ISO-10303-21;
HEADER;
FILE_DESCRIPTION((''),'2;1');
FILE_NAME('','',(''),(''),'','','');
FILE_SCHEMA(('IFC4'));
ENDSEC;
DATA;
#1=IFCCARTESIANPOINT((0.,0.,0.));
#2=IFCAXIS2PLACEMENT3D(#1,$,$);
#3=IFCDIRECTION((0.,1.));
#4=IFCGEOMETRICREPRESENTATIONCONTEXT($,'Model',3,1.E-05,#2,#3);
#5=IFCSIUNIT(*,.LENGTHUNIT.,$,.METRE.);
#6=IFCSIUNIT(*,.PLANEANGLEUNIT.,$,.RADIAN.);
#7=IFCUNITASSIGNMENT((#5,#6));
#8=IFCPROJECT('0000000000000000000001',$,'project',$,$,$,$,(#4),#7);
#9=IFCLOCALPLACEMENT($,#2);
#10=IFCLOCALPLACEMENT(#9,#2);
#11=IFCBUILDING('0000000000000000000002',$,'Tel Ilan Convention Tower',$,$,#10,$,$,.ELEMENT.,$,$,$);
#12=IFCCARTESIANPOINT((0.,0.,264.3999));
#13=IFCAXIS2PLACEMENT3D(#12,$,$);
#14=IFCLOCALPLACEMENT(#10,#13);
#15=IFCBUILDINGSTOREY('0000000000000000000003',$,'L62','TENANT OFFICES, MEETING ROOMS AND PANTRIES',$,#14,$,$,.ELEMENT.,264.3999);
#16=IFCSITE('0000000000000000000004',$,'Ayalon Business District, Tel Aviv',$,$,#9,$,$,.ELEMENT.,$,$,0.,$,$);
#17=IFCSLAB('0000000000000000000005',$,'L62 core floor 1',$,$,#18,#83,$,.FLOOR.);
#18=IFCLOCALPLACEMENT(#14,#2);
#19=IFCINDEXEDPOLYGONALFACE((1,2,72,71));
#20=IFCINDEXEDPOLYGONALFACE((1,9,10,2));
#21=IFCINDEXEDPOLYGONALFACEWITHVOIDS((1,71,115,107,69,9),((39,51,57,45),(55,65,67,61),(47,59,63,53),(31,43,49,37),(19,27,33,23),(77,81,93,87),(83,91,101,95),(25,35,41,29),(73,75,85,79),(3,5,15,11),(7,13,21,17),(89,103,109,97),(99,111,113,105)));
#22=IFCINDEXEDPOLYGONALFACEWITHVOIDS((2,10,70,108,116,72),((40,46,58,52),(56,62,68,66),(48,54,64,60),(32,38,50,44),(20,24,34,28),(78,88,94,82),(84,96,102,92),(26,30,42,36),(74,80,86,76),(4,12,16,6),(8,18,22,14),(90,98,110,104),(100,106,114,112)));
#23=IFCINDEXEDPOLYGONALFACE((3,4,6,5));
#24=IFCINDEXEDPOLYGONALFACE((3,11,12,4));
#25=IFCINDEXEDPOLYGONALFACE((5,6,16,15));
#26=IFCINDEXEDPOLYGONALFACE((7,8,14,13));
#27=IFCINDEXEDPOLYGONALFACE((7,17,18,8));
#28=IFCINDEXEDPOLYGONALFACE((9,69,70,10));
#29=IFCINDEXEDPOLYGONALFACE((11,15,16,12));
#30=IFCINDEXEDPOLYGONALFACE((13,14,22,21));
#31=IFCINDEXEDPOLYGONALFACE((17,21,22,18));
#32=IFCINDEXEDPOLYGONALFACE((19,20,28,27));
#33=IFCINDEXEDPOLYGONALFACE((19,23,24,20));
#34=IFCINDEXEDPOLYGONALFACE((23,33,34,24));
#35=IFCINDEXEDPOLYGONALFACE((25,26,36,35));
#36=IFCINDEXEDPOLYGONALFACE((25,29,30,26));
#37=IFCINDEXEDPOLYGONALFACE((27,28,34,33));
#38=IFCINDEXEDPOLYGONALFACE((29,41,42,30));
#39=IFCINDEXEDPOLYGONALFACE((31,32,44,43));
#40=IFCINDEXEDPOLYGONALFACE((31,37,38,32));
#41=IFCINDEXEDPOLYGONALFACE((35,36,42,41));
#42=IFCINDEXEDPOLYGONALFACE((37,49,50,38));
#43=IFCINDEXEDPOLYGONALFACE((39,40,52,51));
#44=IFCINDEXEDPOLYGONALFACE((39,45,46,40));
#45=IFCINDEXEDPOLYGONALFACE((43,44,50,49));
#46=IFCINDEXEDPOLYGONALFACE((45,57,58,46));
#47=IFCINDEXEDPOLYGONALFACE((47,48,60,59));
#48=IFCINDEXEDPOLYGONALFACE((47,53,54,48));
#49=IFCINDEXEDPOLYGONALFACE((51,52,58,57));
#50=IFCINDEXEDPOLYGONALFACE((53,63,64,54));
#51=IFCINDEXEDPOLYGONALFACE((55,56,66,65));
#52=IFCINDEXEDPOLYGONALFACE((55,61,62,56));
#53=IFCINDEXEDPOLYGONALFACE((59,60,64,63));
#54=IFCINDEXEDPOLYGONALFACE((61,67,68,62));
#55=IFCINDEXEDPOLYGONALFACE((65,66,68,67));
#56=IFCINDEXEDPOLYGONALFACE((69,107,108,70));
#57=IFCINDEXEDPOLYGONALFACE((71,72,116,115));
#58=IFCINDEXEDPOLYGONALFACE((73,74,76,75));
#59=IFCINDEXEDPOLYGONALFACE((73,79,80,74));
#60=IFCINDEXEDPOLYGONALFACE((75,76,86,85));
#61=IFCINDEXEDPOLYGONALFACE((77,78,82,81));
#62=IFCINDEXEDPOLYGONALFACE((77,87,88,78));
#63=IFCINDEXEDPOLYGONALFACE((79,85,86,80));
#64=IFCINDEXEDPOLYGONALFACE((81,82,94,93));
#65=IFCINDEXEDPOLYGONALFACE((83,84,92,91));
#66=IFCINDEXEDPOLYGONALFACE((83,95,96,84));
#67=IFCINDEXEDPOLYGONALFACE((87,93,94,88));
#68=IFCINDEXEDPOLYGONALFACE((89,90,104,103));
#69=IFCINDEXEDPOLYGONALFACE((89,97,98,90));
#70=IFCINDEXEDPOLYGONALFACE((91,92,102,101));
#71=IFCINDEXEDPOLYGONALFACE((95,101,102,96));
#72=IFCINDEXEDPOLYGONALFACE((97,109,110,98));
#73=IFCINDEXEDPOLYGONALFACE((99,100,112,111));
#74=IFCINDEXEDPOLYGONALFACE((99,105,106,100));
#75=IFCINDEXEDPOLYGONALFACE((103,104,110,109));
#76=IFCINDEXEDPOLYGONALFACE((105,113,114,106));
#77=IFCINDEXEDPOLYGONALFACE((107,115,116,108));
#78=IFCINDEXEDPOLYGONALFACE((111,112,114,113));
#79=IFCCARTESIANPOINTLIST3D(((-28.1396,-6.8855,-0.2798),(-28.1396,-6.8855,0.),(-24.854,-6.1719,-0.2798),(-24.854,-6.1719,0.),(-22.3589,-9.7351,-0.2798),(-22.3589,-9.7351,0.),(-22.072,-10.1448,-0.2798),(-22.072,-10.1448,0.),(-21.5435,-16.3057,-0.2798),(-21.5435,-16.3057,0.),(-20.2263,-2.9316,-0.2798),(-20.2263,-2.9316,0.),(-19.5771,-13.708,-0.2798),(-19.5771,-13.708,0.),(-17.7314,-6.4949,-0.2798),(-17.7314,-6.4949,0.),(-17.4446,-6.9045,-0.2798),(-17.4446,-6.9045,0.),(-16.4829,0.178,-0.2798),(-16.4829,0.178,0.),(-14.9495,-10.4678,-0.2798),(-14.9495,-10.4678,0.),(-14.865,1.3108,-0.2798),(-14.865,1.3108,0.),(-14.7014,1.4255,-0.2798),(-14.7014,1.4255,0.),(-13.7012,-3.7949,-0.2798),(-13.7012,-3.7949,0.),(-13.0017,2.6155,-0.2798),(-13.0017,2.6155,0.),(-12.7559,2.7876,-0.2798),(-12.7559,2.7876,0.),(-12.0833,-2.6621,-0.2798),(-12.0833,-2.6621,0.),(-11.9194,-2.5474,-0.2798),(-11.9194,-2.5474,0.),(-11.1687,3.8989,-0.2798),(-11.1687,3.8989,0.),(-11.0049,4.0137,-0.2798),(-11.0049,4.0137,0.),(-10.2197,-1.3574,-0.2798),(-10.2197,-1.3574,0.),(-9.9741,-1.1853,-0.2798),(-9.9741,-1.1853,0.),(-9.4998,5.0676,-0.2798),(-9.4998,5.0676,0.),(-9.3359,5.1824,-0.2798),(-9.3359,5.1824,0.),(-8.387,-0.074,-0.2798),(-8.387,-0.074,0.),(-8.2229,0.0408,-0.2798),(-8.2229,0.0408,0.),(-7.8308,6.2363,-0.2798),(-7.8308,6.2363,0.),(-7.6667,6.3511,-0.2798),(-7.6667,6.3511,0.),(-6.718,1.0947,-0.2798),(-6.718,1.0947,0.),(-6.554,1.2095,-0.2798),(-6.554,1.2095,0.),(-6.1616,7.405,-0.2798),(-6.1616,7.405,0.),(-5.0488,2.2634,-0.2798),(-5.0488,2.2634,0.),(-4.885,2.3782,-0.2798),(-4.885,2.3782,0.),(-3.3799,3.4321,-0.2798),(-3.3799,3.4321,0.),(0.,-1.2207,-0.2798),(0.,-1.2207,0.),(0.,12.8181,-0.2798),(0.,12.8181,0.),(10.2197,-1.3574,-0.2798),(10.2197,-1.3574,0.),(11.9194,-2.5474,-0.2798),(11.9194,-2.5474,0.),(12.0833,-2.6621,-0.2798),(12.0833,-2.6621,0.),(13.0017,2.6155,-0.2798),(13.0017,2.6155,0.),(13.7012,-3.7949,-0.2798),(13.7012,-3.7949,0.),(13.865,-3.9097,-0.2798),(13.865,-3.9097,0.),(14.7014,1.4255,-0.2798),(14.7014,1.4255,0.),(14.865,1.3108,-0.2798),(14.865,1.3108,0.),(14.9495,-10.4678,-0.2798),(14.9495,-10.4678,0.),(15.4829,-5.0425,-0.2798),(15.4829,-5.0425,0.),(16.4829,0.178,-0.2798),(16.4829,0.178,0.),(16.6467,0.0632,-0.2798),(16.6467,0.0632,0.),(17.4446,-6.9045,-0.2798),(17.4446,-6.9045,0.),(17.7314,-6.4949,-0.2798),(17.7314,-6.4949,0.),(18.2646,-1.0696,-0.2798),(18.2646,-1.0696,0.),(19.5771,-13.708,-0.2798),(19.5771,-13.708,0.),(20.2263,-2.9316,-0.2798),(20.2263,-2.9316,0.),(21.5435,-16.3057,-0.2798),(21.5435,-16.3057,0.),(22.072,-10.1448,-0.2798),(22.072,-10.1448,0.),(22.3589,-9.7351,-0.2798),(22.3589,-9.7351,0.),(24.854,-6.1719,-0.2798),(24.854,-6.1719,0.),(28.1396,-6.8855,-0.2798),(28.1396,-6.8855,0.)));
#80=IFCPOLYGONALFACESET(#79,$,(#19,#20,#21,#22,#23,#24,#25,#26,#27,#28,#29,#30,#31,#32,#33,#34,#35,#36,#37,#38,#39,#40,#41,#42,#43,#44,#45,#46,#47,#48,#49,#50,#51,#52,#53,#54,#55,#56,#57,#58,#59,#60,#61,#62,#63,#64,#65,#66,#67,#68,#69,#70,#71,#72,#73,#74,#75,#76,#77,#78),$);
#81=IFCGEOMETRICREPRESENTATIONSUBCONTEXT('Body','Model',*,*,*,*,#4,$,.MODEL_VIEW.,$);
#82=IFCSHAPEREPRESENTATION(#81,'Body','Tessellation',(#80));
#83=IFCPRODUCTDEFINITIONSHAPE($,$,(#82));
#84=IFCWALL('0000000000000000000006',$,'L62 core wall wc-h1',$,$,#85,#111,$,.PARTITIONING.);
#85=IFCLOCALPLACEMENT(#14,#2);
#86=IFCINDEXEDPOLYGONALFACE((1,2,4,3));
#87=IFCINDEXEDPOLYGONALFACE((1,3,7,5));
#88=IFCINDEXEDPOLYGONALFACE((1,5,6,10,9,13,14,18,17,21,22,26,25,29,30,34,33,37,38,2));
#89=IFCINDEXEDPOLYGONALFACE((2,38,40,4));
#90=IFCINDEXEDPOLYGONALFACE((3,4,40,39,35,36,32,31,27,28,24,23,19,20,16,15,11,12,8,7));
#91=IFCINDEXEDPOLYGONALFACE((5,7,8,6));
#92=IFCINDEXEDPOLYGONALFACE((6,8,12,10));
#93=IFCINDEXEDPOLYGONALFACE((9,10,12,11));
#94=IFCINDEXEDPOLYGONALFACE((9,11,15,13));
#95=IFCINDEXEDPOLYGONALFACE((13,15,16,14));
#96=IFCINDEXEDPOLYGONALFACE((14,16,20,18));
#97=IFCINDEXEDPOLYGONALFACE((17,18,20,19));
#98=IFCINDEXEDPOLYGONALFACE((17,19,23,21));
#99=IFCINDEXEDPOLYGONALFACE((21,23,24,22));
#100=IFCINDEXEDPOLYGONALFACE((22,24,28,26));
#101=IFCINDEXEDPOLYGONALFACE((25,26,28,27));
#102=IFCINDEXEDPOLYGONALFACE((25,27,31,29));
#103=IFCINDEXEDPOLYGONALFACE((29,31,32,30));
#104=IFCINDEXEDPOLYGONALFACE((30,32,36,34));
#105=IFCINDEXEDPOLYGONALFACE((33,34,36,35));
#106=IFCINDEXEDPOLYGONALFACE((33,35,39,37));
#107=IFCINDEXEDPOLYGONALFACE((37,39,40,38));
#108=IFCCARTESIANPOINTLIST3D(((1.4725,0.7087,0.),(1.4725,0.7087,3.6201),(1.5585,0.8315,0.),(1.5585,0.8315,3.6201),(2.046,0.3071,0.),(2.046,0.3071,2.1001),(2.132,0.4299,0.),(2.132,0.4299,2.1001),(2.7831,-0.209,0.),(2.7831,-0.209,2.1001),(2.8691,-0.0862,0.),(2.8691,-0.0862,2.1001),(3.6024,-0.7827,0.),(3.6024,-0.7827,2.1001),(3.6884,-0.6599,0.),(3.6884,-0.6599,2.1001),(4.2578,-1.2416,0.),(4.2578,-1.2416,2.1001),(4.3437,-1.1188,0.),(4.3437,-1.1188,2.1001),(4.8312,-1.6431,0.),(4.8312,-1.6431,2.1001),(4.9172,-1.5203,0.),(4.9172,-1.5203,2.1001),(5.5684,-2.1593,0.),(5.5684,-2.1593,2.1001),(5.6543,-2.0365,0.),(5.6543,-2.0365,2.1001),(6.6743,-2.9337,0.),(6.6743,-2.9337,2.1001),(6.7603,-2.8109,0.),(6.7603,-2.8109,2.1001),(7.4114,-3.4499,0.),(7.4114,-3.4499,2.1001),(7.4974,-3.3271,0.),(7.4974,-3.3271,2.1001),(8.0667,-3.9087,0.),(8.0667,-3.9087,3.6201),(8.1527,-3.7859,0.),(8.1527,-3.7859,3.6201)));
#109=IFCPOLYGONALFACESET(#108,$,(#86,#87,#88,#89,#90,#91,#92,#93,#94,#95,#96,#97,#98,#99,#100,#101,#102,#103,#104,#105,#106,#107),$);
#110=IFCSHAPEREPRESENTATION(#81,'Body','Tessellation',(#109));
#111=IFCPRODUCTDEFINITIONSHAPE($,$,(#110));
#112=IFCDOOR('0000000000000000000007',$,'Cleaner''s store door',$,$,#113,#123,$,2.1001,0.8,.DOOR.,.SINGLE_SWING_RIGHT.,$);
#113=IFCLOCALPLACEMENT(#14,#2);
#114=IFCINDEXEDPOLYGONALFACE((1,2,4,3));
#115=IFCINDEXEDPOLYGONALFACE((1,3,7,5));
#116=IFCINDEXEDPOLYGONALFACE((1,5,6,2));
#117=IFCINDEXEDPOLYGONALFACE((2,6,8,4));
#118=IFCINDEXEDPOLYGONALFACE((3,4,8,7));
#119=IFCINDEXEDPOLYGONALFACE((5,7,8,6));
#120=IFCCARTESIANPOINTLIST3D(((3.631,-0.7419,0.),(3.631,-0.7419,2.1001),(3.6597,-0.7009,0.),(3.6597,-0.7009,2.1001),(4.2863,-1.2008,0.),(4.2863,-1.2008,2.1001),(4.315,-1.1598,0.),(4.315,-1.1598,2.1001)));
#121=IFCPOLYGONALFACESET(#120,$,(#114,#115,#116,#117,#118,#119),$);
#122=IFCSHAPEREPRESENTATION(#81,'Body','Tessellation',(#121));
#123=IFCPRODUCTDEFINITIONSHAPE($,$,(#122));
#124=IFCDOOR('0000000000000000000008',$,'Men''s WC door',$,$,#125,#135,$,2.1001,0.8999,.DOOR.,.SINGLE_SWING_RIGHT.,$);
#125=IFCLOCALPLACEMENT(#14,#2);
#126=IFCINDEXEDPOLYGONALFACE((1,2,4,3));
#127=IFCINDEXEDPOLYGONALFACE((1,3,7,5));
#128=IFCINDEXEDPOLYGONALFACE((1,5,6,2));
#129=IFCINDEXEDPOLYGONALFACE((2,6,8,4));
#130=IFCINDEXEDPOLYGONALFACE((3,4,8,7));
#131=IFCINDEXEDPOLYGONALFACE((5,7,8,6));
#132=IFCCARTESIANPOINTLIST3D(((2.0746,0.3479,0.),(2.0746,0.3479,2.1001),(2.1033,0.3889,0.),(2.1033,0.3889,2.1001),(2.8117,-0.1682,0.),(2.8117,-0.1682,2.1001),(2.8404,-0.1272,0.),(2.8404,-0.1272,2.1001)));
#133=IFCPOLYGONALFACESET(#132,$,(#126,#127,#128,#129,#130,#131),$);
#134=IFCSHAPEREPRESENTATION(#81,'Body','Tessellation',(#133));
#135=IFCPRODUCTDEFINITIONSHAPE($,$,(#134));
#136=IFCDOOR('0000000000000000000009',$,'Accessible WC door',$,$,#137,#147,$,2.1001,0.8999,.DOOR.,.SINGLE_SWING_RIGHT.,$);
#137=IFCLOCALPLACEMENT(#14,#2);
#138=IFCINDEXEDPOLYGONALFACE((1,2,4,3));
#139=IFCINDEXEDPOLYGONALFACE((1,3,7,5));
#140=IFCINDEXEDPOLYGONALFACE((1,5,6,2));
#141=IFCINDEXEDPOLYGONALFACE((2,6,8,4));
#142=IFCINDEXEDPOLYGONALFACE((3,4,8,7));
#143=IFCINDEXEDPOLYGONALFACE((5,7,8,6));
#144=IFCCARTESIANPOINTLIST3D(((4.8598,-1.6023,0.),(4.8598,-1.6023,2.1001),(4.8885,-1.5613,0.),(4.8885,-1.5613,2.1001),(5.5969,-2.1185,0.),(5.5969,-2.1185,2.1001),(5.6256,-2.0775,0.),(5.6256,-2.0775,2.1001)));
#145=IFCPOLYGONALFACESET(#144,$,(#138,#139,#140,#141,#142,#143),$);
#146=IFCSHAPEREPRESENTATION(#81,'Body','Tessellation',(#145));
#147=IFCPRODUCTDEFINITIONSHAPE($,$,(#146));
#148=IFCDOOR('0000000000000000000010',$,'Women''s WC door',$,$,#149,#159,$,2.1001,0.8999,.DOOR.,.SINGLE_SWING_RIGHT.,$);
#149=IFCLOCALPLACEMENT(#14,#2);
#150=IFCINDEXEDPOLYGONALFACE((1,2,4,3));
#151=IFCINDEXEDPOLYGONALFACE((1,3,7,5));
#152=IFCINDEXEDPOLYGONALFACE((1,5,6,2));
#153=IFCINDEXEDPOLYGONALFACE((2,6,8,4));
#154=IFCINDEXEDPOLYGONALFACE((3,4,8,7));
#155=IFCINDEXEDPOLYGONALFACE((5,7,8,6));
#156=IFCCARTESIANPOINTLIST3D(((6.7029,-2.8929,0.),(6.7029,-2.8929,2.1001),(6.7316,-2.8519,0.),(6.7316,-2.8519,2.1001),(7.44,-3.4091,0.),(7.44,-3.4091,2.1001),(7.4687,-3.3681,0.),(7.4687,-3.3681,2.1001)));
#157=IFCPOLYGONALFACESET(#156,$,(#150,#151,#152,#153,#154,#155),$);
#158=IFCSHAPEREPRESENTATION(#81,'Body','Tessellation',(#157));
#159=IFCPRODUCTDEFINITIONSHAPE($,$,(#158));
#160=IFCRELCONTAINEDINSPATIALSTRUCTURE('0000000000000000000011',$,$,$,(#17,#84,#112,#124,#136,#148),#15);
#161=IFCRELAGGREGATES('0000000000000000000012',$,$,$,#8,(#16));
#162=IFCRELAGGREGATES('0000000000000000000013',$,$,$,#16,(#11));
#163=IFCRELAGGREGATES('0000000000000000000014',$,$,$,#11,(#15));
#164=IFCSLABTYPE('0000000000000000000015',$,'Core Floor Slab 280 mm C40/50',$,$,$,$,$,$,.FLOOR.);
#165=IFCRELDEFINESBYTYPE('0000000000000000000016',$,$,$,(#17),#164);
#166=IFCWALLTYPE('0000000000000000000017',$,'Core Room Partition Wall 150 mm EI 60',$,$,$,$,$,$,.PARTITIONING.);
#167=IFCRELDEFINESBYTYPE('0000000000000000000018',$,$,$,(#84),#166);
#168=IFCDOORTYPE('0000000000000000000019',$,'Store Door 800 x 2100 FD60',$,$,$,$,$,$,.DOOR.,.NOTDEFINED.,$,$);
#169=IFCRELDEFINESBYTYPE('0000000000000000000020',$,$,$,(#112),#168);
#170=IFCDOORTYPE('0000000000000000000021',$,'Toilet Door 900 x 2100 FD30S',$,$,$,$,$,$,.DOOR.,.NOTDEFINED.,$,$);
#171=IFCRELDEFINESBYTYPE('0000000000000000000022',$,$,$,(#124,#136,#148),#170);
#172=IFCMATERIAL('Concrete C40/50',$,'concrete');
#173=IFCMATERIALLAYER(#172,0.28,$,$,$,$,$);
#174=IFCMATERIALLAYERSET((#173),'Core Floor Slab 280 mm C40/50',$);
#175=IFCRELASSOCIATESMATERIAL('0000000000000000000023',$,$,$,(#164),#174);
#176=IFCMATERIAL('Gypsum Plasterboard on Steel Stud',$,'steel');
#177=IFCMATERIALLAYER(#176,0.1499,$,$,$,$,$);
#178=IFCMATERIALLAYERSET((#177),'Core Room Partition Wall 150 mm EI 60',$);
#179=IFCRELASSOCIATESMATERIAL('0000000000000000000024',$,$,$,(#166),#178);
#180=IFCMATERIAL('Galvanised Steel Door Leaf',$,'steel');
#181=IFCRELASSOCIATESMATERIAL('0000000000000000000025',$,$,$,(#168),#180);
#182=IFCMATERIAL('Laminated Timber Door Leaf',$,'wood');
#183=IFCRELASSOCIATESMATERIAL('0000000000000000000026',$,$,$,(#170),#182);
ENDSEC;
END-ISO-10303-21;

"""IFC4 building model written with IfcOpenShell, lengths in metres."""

from ifc_helpers import new_model, si_unit, direction, frame, frame_2d, origin, place, context, subcontext, project, spatial, polyline, rectangle, outline, extrude, material, layer, layer_set, type_object, element, fill, save


model = new_model("IFC4")

# Units and contexts
model_context = context("Model", 3, precision=1e-05, world=origin(), true_north=direction((0.0, 1.0)))
body_context = subcontext(model_context, "Body", "Model", "MODEL_VIEW")
ifc_project = project(units=[si_unit("LENGTHUNIT", "METRE"), si_unit("PLANEANGLEUNIT", "RADIAN")], contexts=[model_context])

# Site, building, storey
site_placement = place(None, origin())
site = spatial("IfcSite", under=ifc_project, at=site_placement, Name="Ayalon Business District, Tel Aviv", CompositionType="ELEMENT", RefElevation=0.0)
building_placement = place(site_placement, origin())
building = spatial("IfcBuilding", under=site, at=building_placement, Name="Tel Ilan Convention Tower", CompositionType="ELEMENT")
storey_placement = place(building_placement, frame((0.0, 0.0, 264.3999)))
storey = spatial("IfcBuildingStorey", under=building, at=storey_placement, Name="L62", Description="TENANT OFFICES, MEETING ROOMS AND PANTRIES", CompositionType="ELEMENT", Elevation=264.3999)

# Slab
ifc_material_1 = material(Name="Concrete C40/50", Category="concrete")
ifc_layer_1 = layer(ifc_material_1, 0.28)
ifc_layer_set_1 = layer_set([ifc_layer_1], Name="Core Floor Slab 280 mm C40/50")
slab_type = type_object("IfcSlabType", Name="Core Floor Slab 280 mm C40/50", PredefinedType="FLOOR", material=ifc_layer_set_1)
slab_placement = place(storey_placement, frame((0.0, 0.0, -0.2798)))
element("IfcSlab", 1, at=slab_placement, inside=storey, type_object=slab_type, Name="L62 core floor 1", PredefinedType="FLOOR", context=body_context, shape_type="SweptSolid", body=[
    extrude(outline(polyline([(-28.1396, -6.8855), (0.0, 12.8181), (28.1396, -6.8855), (21.5435, -16.3057), (0.0, -1.2207), (-21.5435, -16.3057), (-28.1396, -6.8855)]), holes=[polyline([(-17.4446, -6.9045), (-22.072, -10.1448), (-19.5771, -13.708), (-14.9495, -10.4678), (-17.4446, -6.9045)]), polyline([(-17.7314, -6.4949), (-20.2263, -2.9316), (-24.854, -6.1719), (-22.3589, -9.7351), (-17.7314, -6.4949)]), polyline([(-14.865, 1.3108), (-16.4829, 0.178), (-13.7012, -3.7949), (-12.0833, -2.6621), (-14.865, 1.3108)]), polyline([(-14.7014, 1.4255), (-11.9194, -2.5474), (-10.2197, -1.3574), (-13.0017, 2.6155), (-14.7014, 1.4255)]), polyline([(-11.1687, 3.8989), (-12.7559, 2.7876), (-9.9741, -1.1853), (-8.387, -0.074), (-11.1687, 3.8989)]), polyline([(-9.4998, 5.0676), (-11.0049, 4.0137), (-8.2229, 0.0408), (-6.718, 1.0947), (-9.4998, 5.0676)]), polyline([(-9.3359, 5.1824), (-6.554, 1.2095), (-5.0488, 2.2634), (-7.8308, 6.2363), (-9.3359, 5.1824)]), polyline([(17.4446, -6.9045), (14.9495, -10.4678), (19.5771, -13.708), (22.072, -10.1448), (17.4446, -6.9045)]), polyline([(20.2263, -2.9316), (17.7314, -6.4949), (22.3589, -9.7351), (24.854, -6.1719), (20.2263, -2.9316)]), polyline([(15.4829, -5.0425), (18.2646, -1.0696), (16.6467, 0.0632), (13.865, -3.9097), (15.4829, -5.0425)]), polyline([(13.7012, -3.7949), (16.4829, 0.178), (14.865, 1.3108), (12.0833, -2.6621), (13.7012, -3.7949)]), polyline([(11.9194, -2.5474), (14.7014, 1.4255), (13.0017, 2.6155), (10.2197, -1.3574), (11.9194, -2.5474)]), polyline([(-6.1616, 7.405), (-7.6667, 6.3511), (-4.885, 2.3782), (-3.3799, 3.4321), (-6.1616, 7.405)])]), origin(), (0.0, 0.0, 1.0), 0.2798),
])

# Wall, openings, doors
ifc_material_2 = material(Name="Gypsum Plasterboard on Steel Stud", Category="steel")
ifc_layer_2 = layer(ifc_material_2, 0.1499)
ifc_layer_set_2 = layer_set([ifc_layer_2], Name="Core Room Partition Wall 150 mm EI 60")
wall_type_1 = type_object("IfcWallType", Name="Core Room Partition Wall 150 mm EI 60", PredefinedType="PARTITIONING", material=ifc_layer_set_2)
wall_1_placement = place(storey_placement, frame((1.5156, 0.77, 0.0), z_axis=(0.0, 0.0, 1.0), x_axis=(0.819146, -0.573584, 0.0)))
wall_1 = element("IfcWall", 2, at=wall_1_placement, inside=storey, type_object=wall_type_1, Name="L62 core wall wc-h1", PredefinedType="PARTITIONING", context=body_context, shape_type="SweptSolid", body=[
    extrude(rectangle(XDim=8.05, YDim=0.1499, at=frame_2d((4.0249, 0.0))), origin(), (0.0, 0.0, 1.0), 3.6201),
])
opening_1_placement = place(wall_1_placement, frame((0.7, 0.0, 0.0)))
opening_1 = element("IfcOpeningElement", 3, at=opening_1_placement, cuts=wall_1, PredefinedType="OPENING", context=body_context, shape_type="SweptSolid", body=[
    extrude(rectangle(XDim=0.8999, YDim=2.1001, at=frame_2d((0.45, 1.05))), frame((0.0, 0.085, 0.0), z_axis=(0.0, -1.0, 0.0), x_axis=(1.0, 0.0, 0.0)), (0.0, 0.0, 1.0), 0.1699),
])
opening_2_placement = place(wall_1_placement, frame((2.6001, 0.0, 0.0)))
opening_2 = element("IfcOpeningElement", 4, at=opening_2_placement, cuts=wall_1, PredefinedType="OPENING", context=body_context, shape_type="SweptSolid", body=[
    extrude(rectangle(XDim=0.8, YDim=2.1001, at=frame_2d((0.3999, 1.05))), frame((0.0, 0.085, 0.0), z_axis=(0.0, -1.0, 0.0), x_axis=(1.0, 0.0, 0.0)), (0.0, 0.0, 1.0), 0.1699),
])
opening_3_placement = place(wall_1_placement, frame((4.1001, 0.0, 0.0)))
opening_3 = element("IfcOpeningElement", 5, at=opening_3_placement, cuts=wall_1, PredefinedType="OPENING", context=body_context, shape_type="SweptSolid", body=[
    extrude(rectangle(XDim=0.8999, YDim=2.1001, at=frame_2d((0.45, 1.05))), frame((0.0, 0.085, 0.0), z_axis=(0.0, -1.0, 0.0), x_axis=(1.0, 0.0, 0.0)), (0.0, 0.0, 1.0), 0.1699),
])
opening_4_placement = place(wall_1_placement, frame((6.3501, 0.0, 0.0)))
opening_4 = element("IfcOpeningElement", 6, at=opening_4_placement, cuts=wall_1, PredefinedType="OPENING", context=body_context, shape_type="SweptSolid", body=[
    extrude(rectangle(XDim=0.8999, YDim=2.1001, at=frame_2d((0.45, 1.05))), frame((0.0, 0.085, 0.0), z_axis=(0.0, -1.0, 0.0), x_axis=(1.0, 0.0, 0.0)), (0.0, 0.0, 1.0), 0.1699),
])
ifc_material_3 = material(Name="Galvanised Steel Door Leaf", Category="steel")
door_type_1 = type_object("IfcDoorType", Name="Store Door 800 x 2100 FD60", OperationType="NOTDEFINED", PredefinedType="DOOR", material=ifc_material_3)
door_1_placement = place(opening_2_placement, origin())
door_1 = element("IfcDoor", 7, at=door_1_placement, inside=storey, type_object=door_type_1, Name="Cleaner's store door", OperationType="SINGLE_SWING_RIGHT", OverallHeight=2.1001, OverallWidth=0.8, PredefinedType="DOOR", context=body_context, shape_type="SweptSolid", body=[
    extrude(rectangle(XDim=0.8, YDim=2.1001, at=frame_2d((0.3999, 1.05))), frame((0.0, 0.0249, 0.0), z_axis=(0.0, -1.0, 0.0), x_axis=(1.0, 0.0, 0.0)), (0.0, 0.0, 1.0), 0.05),
])
fill(opening_2, door_1)
ifc_material_4 = material(Name="Laminated Timber Door Leaf", Category="wood")
door_type_2 = type_object("IfcDoorType", Name="Toilet Door 900 x 2100 FD30S", OperationType="NOTDEFINED", PredefinedType="DOOR", material=ifc_material_4)
door_2_placement = place(opening_1_placement, origin())
door_2 = element("IfcDoor", 8, at=door_2_placement, inside=storey, type_object=door_type_2, Name="Men's WC door", OperationType="SINGLE_SWING_RIGHT", OverallHeight=2.1001, OverallWidth=0.8999, PredefinedType="DOOR", context=body_context, shape_type="SweptSolid", body=[
    extrude(rectangle(XDim=0.8999, YDim=2.1001, at=frame_2d((0.45, 1.05))), frame((0.0, 0.0249, 0.0), z_axis=(0.0, -1.0, 0.0), x_axis=(1.0, 0.0, 0.0)), (0.0, 0.0, 1.0), 0.05),
])
fill(opening_1, door_2)
door_3_placement = place(opening_3_placement, origin())
door_3 = element("IfcDoor", 9, at=door_3_placement, inside=storey, type_object=door_type_2, Name="Accessible WC door", OperationType="SINGLE_SWING_RIGHT", OverallHeight=2.1001, OverallWidth=0.8999, PredefinedType="DOOR", context=body_context, shape_type="SweptSolid", body=[
    extrude(rectangle(XDim=0.8999, YDim=2.1001, at=frame_2d((0.45, 1.05))), frame((0.0, 0.0249, 0.0), z_axis=(0.0, -1.0, 0.0), x_axis=(1.0, 0.0, 0.0)), (0.0, 0.0, 1.0), 0.05),
])
fill(opening_3, door_3)
door_4_placement = place(opening_4_placement, origin())
door_4 = element("IfcDoor", 10, at=door_4_placement, inside=storey, type_object=door_type_2, Name="Women's WC door", OperationType="SINGLE_SWING_RIGHT", OverallHeight=2.1001, OverallWidth=0.8999, PredefinedType="DOOR", context=body_context, shape_type="SweptSolid", body=[
    extrude(rectangle(XDim=0.8999, YDim=2.1001, at=frame_2d((0.45, 1.05))), frame((0.0, 0.0249, 0.0), z_axis=(0.0, -1.0, 0.0), x_axis=(1.0, 0.0, 0.0)), (0.0, 0.0, 1.0), 0.05),
])
fill(opening_4, door_4)

save(model, "model.ifc")
